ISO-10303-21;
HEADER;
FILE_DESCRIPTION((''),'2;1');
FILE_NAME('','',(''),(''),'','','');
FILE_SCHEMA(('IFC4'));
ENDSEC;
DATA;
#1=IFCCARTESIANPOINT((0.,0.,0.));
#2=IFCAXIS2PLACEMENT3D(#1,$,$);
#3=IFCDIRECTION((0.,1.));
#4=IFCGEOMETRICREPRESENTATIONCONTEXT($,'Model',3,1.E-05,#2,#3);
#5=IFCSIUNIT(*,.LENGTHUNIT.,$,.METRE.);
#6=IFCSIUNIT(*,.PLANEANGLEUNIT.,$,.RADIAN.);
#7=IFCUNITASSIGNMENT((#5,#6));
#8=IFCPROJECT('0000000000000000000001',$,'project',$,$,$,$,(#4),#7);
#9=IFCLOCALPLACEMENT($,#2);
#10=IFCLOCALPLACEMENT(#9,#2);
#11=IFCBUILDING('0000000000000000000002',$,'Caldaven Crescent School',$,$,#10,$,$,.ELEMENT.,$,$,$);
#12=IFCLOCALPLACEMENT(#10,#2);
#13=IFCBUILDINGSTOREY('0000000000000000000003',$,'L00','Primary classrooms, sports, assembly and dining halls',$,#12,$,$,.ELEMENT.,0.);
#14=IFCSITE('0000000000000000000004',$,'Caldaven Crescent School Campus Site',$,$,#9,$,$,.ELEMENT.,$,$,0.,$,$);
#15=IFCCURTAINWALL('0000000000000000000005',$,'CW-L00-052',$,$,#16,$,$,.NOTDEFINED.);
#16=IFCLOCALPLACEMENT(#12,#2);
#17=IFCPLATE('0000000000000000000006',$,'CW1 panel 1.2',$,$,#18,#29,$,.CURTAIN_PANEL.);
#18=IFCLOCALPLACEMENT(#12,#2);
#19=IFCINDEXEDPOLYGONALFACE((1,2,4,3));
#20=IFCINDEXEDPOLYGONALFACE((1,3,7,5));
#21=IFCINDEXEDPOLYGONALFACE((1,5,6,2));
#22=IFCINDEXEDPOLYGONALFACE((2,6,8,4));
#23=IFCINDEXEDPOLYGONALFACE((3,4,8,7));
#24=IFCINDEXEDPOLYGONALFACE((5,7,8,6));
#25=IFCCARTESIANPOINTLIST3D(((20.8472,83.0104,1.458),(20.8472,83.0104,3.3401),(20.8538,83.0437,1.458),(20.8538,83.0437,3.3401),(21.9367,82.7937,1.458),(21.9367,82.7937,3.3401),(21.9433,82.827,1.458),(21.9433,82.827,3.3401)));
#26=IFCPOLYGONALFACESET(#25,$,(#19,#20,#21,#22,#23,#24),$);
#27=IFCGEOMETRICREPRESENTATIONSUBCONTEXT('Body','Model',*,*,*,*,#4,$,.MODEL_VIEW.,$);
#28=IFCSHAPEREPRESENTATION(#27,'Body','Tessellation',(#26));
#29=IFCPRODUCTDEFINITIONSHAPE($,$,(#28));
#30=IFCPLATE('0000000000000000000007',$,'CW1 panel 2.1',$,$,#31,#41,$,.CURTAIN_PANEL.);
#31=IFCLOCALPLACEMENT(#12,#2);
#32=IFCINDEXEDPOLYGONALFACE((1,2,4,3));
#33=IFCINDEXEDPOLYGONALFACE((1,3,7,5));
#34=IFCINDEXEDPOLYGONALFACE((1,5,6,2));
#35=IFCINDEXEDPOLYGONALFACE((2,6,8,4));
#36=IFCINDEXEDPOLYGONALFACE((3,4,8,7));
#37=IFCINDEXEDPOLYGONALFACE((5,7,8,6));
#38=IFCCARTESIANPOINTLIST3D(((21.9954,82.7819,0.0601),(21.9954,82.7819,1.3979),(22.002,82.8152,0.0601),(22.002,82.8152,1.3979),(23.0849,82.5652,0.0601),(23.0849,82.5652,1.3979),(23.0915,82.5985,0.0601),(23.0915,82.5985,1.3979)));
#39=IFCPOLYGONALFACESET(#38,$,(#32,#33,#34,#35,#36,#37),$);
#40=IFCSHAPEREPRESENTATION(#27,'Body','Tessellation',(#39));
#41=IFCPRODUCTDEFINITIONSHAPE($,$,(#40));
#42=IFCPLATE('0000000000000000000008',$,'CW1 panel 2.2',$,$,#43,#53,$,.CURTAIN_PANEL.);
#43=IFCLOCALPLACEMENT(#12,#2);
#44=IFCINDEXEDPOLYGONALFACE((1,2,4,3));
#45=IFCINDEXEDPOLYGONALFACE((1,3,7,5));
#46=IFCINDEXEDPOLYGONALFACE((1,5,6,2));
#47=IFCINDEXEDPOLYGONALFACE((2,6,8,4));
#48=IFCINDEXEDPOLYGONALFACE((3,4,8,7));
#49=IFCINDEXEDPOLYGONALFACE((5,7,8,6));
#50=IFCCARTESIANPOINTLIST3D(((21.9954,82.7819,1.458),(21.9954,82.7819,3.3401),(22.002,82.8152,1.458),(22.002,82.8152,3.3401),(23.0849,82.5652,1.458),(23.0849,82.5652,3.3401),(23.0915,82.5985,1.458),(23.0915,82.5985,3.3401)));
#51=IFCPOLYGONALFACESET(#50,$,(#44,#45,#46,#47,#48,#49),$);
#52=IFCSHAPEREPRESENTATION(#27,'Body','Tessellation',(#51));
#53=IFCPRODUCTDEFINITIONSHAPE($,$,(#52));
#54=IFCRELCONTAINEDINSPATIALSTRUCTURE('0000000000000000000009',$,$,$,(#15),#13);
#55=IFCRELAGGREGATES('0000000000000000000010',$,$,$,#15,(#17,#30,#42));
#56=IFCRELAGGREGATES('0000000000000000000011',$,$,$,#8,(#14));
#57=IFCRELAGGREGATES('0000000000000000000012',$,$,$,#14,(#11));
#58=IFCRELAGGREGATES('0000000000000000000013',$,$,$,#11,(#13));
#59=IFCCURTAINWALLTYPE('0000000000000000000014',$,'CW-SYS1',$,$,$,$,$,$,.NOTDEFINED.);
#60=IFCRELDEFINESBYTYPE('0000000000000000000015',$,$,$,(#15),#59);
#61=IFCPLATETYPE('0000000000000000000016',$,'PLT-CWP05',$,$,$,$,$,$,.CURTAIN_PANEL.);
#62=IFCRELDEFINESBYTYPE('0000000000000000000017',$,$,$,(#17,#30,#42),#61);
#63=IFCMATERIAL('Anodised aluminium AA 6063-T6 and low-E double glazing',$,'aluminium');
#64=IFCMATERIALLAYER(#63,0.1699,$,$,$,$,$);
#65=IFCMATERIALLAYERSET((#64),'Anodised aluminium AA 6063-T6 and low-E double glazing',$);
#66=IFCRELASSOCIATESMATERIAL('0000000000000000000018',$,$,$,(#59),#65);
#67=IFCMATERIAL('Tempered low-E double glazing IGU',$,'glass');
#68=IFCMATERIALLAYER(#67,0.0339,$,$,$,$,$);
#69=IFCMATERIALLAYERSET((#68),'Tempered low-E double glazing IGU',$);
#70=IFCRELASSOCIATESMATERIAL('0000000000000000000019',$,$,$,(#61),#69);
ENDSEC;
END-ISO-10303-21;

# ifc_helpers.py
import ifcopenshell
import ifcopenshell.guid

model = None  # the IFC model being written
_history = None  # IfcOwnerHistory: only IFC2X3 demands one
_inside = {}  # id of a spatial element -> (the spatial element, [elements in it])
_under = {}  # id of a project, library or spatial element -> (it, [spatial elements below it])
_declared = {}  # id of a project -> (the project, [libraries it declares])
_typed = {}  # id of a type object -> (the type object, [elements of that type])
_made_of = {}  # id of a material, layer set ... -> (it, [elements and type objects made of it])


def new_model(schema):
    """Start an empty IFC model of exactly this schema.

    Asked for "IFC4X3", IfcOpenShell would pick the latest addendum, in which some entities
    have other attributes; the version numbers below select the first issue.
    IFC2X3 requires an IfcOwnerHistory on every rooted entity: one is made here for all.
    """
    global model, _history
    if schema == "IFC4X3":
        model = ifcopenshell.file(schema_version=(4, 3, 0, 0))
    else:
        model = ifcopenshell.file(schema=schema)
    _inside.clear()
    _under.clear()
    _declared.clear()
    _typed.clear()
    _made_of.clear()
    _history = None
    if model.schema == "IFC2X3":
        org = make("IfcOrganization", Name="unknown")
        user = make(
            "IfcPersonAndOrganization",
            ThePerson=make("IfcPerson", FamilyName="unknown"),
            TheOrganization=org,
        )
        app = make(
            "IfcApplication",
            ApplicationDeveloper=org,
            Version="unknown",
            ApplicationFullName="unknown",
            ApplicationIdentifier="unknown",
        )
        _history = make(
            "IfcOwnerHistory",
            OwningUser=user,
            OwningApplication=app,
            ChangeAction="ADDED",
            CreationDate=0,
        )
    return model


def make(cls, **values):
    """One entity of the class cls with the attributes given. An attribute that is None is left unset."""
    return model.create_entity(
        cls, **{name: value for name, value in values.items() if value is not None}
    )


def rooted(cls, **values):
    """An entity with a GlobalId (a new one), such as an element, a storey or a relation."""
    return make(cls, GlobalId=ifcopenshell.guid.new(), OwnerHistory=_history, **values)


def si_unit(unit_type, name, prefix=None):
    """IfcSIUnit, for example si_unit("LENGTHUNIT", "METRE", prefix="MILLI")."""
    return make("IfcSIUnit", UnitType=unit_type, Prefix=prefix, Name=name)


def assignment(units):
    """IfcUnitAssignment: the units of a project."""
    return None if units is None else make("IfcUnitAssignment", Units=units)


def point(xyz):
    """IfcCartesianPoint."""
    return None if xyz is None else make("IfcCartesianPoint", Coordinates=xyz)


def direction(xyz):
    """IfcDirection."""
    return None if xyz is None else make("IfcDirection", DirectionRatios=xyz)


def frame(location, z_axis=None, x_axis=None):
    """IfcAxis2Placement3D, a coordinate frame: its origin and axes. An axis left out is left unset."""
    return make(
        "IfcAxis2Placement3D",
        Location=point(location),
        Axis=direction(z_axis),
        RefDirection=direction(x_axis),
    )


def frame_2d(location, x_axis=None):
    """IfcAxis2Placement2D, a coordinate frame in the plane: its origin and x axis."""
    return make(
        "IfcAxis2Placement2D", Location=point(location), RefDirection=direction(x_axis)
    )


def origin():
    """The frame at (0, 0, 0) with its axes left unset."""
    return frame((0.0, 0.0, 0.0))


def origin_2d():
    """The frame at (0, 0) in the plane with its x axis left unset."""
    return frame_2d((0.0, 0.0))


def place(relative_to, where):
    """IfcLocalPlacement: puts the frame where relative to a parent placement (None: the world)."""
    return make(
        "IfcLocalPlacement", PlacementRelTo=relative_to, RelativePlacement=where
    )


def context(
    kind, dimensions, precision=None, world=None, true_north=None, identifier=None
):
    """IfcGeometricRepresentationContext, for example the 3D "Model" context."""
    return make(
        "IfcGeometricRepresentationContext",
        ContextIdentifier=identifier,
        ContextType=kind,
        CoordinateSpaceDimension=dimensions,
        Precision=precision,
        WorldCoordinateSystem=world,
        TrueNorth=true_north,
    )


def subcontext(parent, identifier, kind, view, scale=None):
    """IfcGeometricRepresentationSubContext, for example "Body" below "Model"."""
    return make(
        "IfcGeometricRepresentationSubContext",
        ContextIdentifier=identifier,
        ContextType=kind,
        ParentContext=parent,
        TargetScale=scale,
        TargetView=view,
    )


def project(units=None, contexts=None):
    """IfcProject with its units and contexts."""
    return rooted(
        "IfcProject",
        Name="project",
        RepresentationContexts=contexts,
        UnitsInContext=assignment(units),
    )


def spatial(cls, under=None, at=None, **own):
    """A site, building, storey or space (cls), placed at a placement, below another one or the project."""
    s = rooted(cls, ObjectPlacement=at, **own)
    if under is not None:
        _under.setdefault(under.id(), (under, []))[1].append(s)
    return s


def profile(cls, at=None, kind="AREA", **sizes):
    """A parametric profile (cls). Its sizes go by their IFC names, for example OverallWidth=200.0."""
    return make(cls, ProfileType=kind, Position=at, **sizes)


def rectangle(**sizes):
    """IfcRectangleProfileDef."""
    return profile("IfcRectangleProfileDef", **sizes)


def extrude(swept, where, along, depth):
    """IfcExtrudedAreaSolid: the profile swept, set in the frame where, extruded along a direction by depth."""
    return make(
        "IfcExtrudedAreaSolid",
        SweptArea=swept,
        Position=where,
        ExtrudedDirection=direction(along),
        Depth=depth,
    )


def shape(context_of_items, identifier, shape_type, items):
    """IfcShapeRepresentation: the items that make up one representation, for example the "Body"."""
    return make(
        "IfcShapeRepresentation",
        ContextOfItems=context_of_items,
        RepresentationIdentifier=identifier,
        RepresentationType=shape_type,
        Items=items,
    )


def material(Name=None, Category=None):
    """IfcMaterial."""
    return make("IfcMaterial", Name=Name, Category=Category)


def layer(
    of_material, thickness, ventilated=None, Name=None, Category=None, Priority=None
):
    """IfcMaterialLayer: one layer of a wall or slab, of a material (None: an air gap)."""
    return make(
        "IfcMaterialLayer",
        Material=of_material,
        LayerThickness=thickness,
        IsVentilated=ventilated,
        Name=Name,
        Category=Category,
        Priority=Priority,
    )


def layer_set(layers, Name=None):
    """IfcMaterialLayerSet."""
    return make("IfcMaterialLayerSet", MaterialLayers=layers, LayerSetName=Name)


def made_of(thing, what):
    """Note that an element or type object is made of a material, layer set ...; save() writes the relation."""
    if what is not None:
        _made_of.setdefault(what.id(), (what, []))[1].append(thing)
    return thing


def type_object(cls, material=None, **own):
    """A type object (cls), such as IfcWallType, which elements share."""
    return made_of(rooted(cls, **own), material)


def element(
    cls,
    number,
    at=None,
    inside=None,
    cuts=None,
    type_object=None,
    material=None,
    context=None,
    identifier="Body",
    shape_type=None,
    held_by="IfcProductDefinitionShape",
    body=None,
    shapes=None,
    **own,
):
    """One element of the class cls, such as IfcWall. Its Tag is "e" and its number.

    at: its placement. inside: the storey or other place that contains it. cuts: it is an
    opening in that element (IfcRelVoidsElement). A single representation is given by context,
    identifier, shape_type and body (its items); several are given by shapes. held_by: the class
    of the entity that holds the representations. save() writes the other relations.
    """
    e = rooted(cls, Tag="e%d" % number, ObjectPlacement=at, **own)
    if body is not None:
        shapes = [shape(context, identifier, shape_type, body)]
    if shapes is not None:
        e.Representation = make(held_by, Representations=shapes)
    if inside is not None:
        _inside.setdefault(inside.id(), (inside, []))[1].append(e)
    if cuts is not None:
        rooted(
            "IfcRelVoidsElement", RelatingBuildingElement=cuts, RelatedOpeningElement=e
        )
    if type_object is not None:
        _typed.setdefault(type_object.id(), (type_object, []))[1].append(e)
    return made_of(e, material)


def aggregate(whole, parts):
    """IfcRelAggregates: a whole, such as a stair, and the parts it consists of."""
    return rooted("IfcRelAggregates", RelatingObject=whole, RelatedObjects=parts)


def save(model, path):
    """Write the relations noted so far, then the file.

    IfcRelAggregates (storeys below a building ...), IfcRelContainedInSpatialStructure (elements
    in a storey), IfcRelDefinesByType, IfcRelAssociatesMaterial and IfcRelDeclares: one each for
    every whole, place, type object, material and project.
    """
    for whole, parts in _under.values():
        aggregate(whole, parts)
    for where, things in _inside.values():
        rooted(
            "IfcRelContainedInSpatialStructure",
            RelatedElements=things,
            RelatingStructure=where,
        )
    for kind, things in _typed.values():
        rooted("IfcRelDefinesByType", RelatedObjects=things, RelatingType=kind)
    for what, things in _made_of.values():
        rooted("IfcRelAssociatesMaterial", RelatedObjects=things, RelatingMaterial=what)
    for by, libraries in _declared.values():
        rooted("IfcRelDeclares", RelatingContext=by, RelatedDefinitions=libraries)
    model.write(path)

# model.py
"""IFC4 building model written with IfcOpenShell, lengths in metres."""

from ifc_helpers import new_model, si_unit, direction, frame, origin, origin_2d, place, context, subcontext, project, spatial, rectangle, extrude, material, layer, layer_set, type_object, element, aggregate, save


model = new_model("IFC4")

# Units and contexts
model_context = context("Model", 3, precision=1e-05, world=origin(), true_north=direction((0.0, 1.0)))
body_context = subcontext(model_context, "Body", "Model", "MODEL_VIEW")
ifc_project = project(units=[si_unit("LENGTHUNIT", "METRE"), si_unit("PLANEANGLEUNIT", "RADIAN")], contexts=[model_context])

# Site, building, storey
site_placement = place(None, origin())
site = spatial("IfcSite", under=ifc_project, at=site_placement, Name="Caldaven Crescent School Campus Site", CompositionType="ELEMENT", RefElevation=0.0)
building_placement = place(site_placement, origin())
building = spatial("IfcBuilding", under=site, at=building_placement, Name="Caldaven Crescent School", CompositionType="ELEMENT")
storey_placement = place(building_placement, origin())
storey = spatial("IfcBuildingStorey", under=building, at=storey_placement, Name="L00", Description="Primary classrooms, sports, assembly and dining halls", CompositionType="ELEMENT", Elevation=0.0)

# Curtain wall
ifc_material_1 = material(Name="Anodised aluminium AA 6063-T6 and low-E double glazing", Category="aluminium")
ifc_layer_1 = layer(ifc_material_1, 0.1699)
ifc_layer_set_1 = layer_set([ifc_layer_1], Name="Anodised aluminium AA 6063-T6 and low-E double glazing")
curtain_wall_type_1 = type_object("IfcCurtainWallType", Name="CW-SYS1", PredefinedType="NOTDEFINED", material=ifc_layer_set_1)
curtain_wall_1_placement = place(storey_placement, origin())
curtain_wall_1 = element("IfcCurtainWall", 1, at=curtain_wall_1_placement, inside=storey, type_object=curtain_wall_type_1, Name="CW-L00-052", PredefinedType="NOTDEFINED")

# Plates
ifc_material_2 = material(Name="Tempered low-E double glazing IGU", Category="glass")
ifc_layer_2 = layer(ifc_material_2, 0.0339)
ifc_layer_set_2 = layer_set([ifc_layer_2], Name="Tempered low-E double glazing IGU")
plate_type_1 = type_object("IfcPlateType", Name="PLT-CWP05", PredefinedType="CURTAIN_PANEL", material=ifc_layer_set_2)
plate_1_placement = place(storey_placement, frame((21.3953, 82.9187, 1.458), z_axis=(0.0, 0.0, 1.0), x_axis=(0.980785, -0.195091, 0.0)))
plate_1 = element("IfcPlate", 2, at=plate_1_placement, type_object=plate_type_1, Name="CW1 panel 1.2", PredefinedType="CURTAIN_PANEL", context=body_context, shape_type="SweptSolid", body=[
    extrude(rectangle(XDim=1.1108, YDim=0.0339, at=origin_2d()), origin(), (0.0, 0.0, 1.0), 1.8821),
])
plate_2_placement = place(storey_placement, frame((22.5435, 82.6902, 0.0601), z_axis=(0.0, 0.0, 1.0), x_axis=(0.980785, -0.195091, 0.0)))
plate_2 = element("IfcPlate", 3, at=plate_2_placement, type_object=plate_type_1, Name="CW1 panel 2.1", PredefinedType="CURTAIN_PANEL", context=body_context, shape_type="SweptSolid", body=[
    extrude(rectangle(XDim=1.1108, YDim=0.0339, at=origin_2d()), origin(), (0.0, 0.0, 1.0), 1.3379),
])
plate_3_placement = place(storey_placement, frame((22.5435, 82.6902, 1.458), z_axis=(0.0, 0.0, 1.0), x_axis=(0.980785, -0.195091, 0.0)))
plate_3 = element("IfcPlate", 4, at=plate_3_placement, type_object=plate_type_1, Name="CW1 panel 2.2", PredefinedType="CURTAIN_PANEL", context=body_context, shape_type="SweptSolid", body=[
    extrude(rectangle(XDim=1.1108, YDim=0.0339, at=origin_2d()), origin(), (0.0, 0.0, 1.0), 1.8821),
])
aggregate(curtain_wall_1, [plate_1, plate_2, plate_3])

save(model, "model.ifc")
